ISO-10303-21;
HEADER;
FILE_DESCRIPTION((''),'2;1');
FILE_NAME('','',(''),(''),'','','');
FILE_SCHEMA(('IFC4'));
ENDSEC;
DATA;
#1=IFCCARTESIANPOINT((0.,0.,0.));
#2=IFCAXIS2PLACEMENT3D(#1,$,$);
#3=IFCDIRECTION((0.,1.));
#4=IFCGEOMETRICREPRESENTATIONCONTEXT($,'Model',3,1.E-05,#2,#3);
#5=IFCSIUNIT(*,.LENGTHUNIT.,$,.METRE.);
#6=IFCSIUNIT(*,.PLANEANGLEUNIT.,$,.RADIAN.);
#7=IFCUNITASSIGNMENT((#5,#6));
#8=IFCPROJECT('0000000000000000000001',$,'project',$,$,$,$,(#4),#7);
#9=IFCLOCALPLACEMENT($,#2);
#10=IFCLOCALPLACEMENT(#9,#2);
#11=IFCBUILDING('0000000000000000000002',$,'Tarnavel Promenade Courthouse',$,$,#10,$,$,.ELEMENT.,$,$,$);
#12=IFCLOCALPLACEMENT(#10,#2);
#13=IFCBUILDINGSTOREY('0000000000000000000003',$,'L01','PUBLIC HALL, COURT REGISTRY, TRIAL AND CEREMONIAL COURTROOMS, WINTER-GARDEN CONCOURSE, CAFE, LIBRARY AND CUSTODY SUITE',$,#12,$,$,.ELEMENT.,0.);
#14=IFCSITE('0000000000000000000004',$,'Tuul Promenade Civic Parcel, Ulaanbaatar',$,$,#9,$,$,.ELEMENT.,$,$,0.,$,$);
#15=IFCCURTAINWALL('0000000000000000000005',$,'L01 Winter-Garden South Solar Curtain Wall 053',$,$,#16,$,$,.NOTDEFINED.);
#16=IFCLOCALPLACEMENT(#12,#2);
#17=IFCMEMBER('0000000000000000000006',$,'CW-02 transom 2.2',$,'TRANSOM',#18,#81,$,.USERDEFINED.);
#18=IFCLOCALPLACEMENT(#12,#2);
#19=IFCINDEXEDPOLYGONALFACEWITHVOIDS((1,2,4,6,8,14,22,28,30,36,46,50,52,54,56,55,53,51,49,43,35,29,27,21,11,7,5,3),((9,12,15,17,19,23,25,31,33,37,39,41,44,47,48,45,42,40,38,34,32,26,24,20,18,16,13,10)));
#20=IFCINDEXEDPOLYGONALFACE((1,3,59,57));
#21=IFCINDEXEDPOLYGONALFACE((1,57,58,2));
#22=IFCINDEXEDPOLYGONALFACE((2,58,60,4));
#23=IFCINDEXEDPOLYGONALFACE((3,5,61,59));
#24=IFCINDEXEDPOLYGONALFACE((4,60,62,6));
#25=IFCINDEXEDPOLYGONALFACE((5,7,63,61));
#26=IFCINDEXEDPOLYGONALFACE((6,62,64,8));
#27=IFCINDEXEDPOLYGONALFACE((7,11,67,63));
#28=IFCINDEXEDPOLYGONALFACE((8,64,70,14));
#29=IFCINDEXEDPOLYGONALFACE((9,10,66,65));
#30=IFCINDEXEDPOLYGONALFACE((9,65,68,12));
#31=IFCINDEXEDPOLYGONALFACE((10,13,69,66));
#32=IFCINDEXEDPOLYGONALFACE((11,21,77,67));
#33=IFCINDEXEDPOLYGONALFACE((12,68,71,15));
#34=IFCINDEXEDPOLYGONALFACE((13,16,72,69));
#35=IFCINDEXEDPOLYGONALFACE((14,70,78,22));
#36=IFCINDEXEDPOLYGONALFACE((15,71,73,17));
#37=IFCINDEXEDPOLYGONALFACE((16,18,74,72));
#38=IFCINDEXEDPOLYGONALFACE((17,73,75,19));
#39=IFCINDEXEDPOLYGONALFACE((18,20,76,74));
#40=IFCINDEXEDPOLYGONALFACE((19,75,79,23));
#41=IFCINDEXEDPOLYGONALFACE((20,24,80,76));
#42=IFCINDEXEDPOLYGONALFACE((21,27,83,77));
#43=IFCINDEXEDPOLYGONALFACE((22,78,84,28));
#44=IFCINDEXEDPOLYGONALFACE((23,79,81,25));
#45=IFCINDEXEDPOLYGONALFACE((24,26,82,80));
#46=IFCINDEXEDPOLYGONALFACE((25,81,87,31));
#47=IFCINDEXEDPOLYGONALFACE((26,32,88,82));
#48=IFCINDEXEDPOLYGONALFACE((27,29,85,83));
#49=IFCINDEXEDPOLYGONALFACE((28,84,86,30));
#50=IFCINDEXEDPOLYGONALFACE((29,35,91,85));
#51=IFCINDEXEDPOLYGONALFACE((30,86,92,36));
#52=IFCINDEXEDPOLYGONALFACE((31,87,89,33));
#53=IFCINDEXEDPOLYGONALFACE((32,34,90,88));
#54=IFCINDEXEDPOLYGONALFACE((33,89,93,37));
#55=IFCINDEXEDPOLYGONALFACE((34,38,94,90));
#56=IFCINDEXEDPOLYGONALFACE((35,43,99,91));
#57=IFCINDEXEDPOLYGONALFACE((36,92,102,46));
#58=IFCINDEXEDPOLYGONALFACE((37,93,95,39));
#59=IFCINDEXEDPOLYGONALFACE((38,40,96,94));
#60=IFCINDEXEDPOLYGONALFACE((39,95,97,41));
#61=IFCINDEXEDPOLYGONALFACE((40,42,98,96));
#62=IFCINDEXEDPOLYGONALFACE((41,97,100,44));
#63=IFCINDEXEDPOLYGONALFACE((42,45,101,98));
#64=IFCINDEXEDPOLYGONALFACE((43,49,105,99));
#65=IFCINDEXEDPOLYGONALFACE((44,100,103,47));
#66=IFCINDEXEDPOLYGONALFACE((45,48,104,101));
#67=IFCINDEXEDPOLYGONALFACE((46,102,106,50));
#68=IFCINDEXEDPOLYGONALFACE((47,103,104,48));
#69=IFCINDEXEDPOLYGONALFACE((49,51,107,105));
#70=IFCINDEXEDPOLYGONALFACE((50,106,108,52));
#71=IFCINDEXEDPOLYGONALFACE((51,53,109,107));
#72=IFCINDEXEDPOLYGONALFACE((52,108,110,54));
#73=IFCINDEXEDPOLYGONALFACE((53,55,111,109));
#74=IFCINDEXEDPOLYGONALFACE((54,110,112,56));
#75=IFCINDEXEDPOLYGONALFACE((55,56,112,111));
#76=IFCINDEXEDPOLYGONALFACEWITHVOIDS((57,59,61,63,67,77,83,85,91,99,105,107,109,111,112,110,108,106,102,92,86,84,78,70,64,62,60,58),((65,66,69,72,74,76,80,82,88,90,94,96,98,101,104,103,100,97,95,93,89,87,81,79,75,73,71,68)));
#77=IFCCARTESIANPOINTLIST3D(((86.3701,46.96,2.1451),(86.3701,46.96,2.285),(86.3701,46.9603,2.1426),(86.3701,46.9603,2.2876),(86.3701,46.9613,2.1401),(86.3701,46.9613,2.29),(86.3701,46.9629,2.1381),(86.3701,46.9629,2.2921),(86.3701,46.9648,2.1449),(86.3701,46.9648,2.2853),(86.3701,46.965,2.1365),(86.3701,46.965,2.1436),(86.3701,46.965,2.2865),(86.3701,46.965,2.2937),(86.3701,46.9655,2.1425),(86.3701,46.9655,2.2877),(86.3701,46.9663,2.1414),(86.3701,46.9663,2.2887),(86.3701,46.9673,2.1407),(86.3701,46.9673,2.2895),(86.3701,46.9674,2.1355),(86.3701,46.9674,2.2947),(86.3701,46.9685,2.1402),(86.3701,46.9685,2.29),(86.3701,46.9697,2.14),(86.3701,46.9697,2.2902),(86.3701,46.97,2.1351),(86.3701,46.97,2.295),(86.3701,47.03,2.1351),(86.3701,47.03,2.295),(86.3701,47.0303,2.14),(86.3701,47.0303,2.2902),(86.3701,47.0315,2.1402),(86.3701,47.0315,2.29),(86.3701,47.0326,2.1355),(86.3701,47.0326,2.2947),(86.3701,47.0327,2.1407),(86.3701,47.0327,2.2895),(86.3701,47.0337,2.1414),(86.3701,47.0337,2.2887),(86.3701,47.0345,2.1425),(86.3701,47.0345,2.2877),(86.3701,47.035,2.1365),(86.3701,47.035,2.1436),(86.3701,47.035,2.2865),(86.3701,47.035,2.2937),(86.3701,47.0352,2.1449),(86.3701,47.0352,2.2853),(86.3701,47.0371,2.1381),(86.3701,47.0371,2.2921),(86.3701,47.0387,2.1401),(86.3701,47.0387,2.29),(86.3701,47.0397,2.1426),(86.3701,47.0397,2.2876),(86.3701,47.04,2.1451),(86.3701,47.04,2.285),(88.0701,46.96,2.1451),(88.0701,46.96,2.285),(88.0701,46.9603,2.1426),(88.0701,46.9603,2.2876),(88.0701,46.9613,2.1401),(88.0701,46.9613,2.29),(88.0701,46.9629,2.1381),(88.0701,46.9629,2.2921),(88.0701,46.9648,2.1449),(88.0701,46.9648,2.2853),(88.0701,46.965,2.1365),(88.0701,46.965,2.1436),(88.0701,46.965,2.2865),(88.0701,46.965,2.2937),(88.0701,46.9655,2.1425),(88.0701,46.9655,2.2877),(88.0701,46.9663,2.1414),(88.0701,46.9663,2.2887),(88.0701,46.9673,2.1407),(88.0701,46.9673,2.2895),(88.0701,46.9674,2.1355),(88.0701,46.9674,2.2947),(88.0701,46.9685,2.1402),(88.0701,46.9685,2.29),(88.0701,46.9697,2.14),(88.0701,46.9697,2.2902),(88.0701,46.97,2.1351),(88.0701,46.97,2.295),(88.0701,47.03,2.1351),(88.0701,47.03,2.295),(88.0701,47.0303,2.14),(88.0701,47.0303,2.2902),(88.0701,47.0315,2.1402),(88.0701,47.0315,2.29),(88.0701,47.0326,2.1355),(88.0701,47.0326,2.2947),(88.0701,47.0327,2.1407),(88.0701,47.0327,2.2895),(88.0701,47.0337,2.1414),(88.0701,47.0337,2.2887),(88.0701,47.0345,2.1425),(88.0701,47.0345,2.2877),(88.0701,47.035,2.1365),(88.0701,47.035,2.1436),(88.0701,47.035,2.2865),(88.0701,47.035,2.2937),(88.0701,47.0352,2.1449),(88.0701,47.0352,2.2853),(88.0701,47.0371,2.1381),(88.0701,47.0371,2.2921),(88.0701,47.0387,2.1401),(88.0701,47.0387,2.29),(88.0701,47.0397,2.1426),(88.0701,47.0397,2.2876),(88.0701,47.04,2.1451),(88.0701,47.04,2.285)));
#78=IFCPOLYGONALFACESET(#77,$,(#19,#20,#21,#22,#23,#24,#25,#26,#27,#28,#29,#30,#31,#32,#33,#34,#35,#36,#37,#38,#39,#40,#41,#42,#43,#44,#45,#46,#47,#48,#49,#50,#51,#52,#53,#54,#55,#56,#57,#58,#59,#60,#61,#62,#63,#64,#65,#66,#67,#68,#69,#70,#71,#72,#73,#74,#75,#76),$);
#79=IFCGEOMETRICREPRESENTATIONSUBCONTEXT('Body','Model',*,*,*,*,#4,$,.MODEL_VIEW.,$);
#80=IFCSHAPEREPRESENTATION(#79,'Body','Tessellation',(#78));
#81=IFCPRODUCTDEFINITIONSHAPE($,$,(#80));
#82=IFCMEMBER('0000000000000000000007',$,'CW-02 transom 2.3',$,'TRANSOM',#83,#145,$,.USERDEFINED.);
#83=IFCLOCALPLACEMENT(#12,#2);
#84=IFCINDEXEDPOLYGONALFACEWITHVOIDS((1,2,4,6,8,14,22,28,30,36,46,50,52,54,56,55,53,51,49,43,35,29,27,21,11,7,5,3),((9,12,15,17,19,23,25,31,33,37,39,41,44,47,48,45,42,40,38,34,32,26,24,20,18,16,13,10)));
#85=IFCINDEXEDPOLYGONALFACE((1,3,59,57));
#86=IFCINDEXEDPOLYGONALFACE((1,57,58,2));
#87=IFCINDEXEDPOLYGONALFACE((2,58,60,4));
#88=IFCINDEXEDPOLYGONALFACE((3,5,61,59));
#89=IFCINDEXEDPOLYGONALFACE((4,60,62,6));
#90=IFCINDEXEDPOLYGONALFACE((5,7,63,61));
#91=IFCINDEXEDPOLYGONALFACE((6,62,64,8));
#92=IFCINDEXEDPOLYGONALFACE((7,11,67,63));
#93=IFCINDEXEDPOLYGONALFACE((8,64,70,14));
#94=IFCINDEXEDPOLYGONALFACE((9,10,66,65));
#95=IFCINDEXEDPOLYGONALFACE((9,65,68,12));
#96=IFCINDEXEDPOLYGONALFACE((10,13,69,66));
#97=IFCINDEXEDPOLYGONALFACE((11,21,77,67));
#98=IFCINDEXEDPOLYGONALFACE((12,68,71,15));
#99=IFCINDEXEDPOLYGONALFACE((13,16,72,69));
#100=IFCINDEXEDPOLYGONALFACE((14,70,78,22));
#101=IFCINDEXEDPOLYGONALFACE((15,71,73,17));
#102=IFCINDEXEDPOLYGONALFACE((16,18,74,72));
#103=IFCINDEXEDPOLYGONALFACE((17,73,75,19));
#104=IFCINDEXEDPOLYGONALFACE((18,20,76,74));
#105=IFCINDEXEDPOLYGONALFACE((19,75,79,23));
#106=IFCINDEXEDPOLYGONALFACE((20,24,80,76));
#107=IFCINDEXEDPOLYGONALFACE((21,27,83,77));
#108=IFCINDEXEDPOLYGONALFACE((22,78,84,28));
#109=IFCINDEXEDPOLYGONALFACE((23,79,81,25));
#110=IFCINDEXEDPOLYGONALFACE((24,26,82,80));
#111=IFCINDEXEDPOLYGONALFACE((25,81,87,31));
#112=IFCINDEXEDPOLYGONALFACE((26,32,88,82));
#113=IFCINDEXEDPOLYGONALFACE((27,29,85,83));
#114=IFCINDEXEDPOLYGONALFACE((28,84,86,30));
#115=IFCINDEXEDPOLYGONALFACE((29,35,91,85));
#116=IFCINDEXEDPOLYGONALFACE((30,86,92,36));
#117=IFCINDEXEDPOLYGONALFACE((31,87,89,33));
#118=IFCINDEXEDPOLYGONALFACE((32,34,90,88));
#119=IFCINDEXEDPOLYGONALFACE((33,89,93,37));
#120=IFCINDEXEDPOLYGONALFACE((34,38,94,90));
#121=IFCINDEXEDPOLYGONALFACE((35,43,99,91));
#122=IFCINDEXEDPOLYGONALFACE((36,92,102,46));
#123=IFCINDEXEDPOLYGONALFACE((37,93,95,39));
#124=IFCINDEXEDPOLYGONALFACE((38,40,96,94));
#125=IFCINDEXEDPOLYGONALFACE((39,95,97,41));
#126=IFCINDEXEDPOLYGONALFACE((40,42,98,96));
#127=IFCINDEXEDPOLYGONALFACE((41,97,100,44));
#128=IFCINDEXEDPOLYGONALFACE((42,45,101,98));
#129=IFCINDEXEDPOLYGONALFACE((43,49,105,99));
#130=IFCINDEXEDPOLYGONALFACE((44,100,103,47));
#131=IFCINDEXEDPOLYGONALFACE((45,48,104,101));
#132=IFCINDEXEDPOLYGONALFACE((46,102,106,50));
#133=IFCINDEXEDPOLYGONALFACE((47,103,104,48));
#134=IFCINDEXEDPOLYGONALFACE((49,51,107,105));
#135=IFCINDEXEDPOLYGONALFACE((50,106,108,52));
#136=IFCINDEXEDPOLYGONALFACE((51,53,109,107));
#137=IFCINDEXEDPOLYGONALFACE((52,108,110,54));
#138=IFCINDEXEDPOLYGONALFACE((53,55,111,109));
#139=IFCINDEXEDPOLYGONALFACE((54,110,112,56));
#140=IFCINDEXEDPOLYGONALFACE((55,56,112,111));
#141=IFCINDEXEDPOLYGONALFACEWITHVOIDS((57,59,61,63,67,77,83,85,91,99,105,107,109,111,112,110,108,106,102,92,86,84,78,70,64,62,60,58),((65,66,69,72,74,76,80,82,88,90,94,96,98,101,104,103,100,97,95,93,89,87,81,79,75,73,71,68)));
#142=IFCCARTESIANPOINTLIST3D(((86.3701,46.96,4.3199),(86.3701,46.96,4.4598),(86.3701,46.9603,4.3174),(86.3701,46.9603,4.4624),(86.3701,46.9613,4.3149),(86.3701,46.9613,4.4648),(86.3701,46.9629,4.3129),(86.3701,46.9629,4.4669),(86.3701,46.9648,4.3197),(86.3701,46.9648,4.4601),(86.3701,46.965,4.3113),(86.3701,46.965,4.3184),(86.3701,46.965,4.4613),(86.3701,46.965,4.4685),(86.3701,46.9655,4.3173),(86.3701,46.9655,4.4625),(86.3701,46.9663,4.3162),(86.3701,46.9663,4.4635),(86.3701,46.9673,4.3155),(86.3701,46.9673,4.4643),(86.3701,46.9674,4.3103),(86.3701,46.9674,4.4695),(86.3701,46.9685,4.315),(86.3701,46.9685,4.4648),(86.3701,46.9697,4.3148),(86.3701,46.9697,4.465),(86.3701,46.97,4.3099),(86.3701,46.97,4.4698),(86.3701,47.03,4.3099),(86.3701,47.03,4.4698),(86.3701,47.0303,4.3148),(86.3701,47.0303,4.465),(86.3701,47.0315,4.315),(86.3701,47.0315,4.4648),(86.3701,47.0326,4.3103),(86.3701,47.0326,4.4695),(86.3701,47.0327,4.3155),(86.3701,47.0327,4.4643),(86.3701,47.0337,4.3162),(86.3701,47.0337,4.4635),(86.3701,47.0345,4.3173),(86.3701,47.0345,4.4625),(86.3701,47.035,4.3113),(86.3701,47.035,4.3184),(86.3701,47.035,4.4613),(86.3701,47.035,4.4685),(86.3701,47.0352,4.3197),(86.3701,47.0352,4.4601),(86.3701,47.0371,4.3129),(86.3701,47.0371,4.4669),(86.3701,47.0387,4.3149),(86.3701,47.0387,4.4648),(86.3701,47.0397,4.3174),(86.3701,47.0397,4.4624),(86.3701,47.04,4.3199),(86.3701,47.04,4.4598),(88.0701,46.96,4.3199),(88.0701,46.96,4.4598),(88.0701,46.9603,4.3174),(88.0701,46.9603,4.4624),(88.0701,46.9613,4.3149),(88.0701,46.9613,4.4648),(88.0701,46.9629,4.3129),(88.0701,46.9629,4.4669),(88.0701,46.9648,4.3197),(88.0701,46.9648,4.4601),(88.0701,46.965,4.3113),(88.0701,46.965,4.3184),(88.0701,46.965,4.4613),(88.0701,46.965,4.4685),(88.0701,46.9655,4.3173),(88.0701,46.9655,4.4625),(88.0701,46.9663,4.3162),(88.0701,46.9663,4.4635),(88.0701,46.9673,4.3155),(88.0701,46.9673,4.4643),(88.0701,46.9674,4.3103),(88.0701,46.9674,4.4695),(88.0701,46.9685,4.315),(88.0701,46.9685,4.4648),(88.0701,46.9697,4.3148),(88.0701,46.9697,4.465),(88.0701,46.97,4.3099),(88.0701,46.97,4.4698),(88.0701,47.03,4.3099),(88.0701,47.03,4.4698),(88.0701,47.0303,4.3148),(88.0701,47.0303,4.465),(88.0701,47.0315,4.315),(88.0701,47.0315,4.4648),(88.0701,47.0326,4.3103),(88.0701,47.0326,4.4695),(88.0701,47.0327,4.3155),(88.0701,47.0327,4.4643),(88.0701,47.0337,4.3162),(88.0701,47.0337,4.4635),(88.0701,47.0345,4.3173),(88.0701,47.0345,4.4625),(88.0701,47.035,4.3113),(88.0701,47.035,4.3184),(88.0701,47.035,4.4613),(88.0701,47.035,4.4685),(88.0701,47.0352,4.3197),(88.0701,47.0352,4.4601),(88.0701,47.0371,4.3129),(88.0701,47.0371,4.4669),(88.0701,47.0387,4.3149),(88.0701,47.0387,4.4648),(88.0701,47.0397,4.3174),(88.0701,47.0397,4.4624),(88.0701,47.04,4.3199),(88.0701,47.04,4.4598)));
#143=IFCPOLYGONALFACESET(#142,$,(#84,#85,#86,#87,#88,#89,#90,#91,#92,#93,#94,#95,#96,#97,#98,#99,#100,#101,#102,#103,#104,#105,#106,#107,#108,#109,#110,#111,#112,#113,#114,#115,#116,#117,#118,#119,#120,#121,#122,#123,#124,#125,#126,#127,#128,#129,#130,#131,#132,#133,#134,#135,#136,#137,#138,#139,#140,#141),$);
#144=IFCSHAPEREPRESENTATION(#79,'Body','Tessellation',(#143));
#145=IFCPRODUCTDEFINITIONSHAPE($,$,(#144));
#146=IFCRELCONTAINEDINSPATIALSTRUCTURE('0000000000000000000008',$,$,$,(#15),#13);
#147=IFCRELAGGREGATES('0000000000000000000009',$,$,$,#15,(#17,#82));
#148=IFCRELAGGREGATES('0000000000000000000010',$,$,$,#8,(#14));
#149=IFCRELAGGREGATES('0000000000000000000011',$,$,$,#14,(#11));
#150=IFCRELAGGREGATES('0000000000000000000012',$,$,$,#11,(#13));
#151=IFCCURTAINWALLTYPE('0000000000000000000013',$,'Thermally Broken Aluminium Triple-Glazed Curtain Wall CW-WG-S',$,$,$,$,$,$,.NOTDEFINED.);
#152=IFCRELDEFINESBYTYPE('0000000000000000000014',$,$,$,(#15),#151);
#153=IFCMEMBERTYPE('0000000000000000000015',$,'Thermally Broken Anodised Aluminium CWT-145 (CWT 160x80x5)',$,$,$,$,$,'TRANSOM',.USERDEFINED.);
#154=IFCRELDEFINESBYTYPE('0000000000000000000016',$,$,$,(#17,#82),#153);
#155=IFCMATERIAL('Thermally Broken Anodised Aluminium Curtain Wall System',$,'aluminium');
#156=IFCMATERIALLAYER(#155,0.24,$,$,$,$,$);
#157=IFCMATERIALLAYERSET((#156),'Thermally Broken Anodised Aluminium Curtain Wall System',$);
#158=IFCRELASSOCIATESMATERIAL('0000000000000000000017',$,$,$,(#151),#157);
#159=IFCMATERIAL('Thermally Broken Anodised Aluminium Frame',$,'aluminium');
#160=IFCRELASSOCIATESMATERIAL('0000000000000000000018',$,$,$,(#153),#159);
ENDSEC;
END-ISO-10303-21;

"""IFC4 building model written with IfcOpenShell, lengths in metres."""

from ifc_helpers import new_model, si_unit, direction, frame, origin, origin_2d, place, context, subcontext, project, spatial, hollow_rectangle, extrude, material, layer, layer_set, material_profile, profile_set, type_object, element, aggregate, save


model = new_model("IFC4")

# Units and contexts
model_context = context("Model", 3, precision=1e-05, world=origin(), true_north=direction((0.0, 1.0)))
body_context = subcontext(model_context, "Body", "Model", "MODEL_VIEW")
ifc_project = project(units=[si_unit("LENGTHUNIT", "METRE"), si_unit("PLANEANGLEUNIT", "RADIAN")], contexts=[model_context])

# Site, building, storey
site_placement = place(None, origin())
site = spatial("IfcSite", under=ifc_project, at=site_placement, Name="Tuul Promenade Civic Parcel, Ulaanbaatar", CompositionType="ELEMENT", RefElevation=0.0)
building_placement = place(site_placement, origin())
building = spatial("IfcBuilding", under=site, at=building_placement, Name="Tarnavel Promenade Courthouse", CompositionType="ELEMENT")
storey_placement = place(building_placement, origin())
storey = spatial("IfcBuildingStorey", under=building, at=storey_placement, Name="L01", Description="PUBLIC HALL, COURT REGISTRY, TRIAL AND CEREMONIAL COURTROOMS, WINTER-GARDEN CONCOURSE, CAFE, LIBRARY AND CUSTODY SUITE", CompositionType="ELEMENT", Elevation=0.0)

# Curtain wall
ifc_material_1 = material(Name="Thermally Broken Anodised Aluminium Curtain Wall System", Category="aluminium")
ifc_layer_1 = layer(ifc_material_1, 0.24)
ifc_layer_set_1 = layer_set([ifc_layer_1], Name="Thermally Broken Anodised Aluminium Curtain Wall System")
curtain_wall_type = type_object("IfcCurtainWallType", Name="Thermally Broken Aluminium Triple-Glazed Curtain Wall CW-WG-S", PredefinedType="NOTDEFINED", material=ifc_layer_set_1)
curtain_wall_1_placement = place(storey_placement, origin())
curtain_wall_1 = element("IfcCurtainWall", 1, at=curtain_wall_1_placement, inside=storey, type_object=curtain_wall_type, Name="L01 Winter-Garden South Solar Curtain Wall 053", PredefinedType="NOTDEFINED")
ifc_material_2 = material(Name="Thermally Broken Anodised Aluminium Frame", Category="aluminium")

# Members
ifc_material_profile_1 = material_profile(ifc_material_2, hollow_rectangle(XDim=0.0801, YDim=0.1599, WallThickness=0.0049, InnerFilletRadius=0.0049, OuterFilletRadius=0.01, at=origin_2d()), Name="CWT 160x80x5")
ifc_profile_set_1 = profile_set([ifc_material_profile_1], Name="Thermally Broken Anodised Aluminium Frame")
member_type_1 = type_object("IfcMemberType", Name="Thermally Broken Anodised Aluminium CWT-145 (CWT 160x80x5)", ElementType="TRANSOM", PredefinedType="USERDEFINED", material=ifc_profile_set_1)
member_1_placement = place(storey_placement, frame((86.3701, 47.0, 2.2151), z_axis=(1.0, 0.0, 0.0), x_axis=(0.0, 1.0, 0.0)))
member_1 = element("IfcMember", 2, at=member_1_placement, type_object=member_type_1, Name="CW-02 transom 2.2", ObjectType="TRANSOM", PredefinedType="USERDEFINED", context=body_context, shape_type="SweptSolid", body=[
    extrude(hollow_rectangle(XDim=0.0801, YDim=0.1599, WallThickness=0.0049, InnerFilletRadius=0.0049, OuterFilletRadius=0.01, at=origin_2d()), origin(), (0.0, 0.0, 1.0), 1.7),
])
member_2_placement = place(storey_placement, frame((86.3701, 47.0, 4.3899), z_axis=(1.0, 0.0, 0.0), x_axis=(0.0, 1.0, 0.0)))
member_2 = element("IfcMember", 3, at=member_2_placement, type_object=member_type_1, Name="CW-02 transom 2.3", ObjectType="TRANSOM", PredefinedType="USERDEFINED", context=body_context, shape_type="SweptSolid", body=[
    extrude(hollow_rectangle(XDim=0.0801, YDim=0.1599, WallThickness=0.0049, InnerFilletRadius=0.0049, OuterFilletRadius=0.01, at=origin_2d()), origin(), (0.0, 0.0, 1.0), 1.7),
])

aggregate(curtain_wall_1, [member_1, member_2])

save(model, "model.ifc")
